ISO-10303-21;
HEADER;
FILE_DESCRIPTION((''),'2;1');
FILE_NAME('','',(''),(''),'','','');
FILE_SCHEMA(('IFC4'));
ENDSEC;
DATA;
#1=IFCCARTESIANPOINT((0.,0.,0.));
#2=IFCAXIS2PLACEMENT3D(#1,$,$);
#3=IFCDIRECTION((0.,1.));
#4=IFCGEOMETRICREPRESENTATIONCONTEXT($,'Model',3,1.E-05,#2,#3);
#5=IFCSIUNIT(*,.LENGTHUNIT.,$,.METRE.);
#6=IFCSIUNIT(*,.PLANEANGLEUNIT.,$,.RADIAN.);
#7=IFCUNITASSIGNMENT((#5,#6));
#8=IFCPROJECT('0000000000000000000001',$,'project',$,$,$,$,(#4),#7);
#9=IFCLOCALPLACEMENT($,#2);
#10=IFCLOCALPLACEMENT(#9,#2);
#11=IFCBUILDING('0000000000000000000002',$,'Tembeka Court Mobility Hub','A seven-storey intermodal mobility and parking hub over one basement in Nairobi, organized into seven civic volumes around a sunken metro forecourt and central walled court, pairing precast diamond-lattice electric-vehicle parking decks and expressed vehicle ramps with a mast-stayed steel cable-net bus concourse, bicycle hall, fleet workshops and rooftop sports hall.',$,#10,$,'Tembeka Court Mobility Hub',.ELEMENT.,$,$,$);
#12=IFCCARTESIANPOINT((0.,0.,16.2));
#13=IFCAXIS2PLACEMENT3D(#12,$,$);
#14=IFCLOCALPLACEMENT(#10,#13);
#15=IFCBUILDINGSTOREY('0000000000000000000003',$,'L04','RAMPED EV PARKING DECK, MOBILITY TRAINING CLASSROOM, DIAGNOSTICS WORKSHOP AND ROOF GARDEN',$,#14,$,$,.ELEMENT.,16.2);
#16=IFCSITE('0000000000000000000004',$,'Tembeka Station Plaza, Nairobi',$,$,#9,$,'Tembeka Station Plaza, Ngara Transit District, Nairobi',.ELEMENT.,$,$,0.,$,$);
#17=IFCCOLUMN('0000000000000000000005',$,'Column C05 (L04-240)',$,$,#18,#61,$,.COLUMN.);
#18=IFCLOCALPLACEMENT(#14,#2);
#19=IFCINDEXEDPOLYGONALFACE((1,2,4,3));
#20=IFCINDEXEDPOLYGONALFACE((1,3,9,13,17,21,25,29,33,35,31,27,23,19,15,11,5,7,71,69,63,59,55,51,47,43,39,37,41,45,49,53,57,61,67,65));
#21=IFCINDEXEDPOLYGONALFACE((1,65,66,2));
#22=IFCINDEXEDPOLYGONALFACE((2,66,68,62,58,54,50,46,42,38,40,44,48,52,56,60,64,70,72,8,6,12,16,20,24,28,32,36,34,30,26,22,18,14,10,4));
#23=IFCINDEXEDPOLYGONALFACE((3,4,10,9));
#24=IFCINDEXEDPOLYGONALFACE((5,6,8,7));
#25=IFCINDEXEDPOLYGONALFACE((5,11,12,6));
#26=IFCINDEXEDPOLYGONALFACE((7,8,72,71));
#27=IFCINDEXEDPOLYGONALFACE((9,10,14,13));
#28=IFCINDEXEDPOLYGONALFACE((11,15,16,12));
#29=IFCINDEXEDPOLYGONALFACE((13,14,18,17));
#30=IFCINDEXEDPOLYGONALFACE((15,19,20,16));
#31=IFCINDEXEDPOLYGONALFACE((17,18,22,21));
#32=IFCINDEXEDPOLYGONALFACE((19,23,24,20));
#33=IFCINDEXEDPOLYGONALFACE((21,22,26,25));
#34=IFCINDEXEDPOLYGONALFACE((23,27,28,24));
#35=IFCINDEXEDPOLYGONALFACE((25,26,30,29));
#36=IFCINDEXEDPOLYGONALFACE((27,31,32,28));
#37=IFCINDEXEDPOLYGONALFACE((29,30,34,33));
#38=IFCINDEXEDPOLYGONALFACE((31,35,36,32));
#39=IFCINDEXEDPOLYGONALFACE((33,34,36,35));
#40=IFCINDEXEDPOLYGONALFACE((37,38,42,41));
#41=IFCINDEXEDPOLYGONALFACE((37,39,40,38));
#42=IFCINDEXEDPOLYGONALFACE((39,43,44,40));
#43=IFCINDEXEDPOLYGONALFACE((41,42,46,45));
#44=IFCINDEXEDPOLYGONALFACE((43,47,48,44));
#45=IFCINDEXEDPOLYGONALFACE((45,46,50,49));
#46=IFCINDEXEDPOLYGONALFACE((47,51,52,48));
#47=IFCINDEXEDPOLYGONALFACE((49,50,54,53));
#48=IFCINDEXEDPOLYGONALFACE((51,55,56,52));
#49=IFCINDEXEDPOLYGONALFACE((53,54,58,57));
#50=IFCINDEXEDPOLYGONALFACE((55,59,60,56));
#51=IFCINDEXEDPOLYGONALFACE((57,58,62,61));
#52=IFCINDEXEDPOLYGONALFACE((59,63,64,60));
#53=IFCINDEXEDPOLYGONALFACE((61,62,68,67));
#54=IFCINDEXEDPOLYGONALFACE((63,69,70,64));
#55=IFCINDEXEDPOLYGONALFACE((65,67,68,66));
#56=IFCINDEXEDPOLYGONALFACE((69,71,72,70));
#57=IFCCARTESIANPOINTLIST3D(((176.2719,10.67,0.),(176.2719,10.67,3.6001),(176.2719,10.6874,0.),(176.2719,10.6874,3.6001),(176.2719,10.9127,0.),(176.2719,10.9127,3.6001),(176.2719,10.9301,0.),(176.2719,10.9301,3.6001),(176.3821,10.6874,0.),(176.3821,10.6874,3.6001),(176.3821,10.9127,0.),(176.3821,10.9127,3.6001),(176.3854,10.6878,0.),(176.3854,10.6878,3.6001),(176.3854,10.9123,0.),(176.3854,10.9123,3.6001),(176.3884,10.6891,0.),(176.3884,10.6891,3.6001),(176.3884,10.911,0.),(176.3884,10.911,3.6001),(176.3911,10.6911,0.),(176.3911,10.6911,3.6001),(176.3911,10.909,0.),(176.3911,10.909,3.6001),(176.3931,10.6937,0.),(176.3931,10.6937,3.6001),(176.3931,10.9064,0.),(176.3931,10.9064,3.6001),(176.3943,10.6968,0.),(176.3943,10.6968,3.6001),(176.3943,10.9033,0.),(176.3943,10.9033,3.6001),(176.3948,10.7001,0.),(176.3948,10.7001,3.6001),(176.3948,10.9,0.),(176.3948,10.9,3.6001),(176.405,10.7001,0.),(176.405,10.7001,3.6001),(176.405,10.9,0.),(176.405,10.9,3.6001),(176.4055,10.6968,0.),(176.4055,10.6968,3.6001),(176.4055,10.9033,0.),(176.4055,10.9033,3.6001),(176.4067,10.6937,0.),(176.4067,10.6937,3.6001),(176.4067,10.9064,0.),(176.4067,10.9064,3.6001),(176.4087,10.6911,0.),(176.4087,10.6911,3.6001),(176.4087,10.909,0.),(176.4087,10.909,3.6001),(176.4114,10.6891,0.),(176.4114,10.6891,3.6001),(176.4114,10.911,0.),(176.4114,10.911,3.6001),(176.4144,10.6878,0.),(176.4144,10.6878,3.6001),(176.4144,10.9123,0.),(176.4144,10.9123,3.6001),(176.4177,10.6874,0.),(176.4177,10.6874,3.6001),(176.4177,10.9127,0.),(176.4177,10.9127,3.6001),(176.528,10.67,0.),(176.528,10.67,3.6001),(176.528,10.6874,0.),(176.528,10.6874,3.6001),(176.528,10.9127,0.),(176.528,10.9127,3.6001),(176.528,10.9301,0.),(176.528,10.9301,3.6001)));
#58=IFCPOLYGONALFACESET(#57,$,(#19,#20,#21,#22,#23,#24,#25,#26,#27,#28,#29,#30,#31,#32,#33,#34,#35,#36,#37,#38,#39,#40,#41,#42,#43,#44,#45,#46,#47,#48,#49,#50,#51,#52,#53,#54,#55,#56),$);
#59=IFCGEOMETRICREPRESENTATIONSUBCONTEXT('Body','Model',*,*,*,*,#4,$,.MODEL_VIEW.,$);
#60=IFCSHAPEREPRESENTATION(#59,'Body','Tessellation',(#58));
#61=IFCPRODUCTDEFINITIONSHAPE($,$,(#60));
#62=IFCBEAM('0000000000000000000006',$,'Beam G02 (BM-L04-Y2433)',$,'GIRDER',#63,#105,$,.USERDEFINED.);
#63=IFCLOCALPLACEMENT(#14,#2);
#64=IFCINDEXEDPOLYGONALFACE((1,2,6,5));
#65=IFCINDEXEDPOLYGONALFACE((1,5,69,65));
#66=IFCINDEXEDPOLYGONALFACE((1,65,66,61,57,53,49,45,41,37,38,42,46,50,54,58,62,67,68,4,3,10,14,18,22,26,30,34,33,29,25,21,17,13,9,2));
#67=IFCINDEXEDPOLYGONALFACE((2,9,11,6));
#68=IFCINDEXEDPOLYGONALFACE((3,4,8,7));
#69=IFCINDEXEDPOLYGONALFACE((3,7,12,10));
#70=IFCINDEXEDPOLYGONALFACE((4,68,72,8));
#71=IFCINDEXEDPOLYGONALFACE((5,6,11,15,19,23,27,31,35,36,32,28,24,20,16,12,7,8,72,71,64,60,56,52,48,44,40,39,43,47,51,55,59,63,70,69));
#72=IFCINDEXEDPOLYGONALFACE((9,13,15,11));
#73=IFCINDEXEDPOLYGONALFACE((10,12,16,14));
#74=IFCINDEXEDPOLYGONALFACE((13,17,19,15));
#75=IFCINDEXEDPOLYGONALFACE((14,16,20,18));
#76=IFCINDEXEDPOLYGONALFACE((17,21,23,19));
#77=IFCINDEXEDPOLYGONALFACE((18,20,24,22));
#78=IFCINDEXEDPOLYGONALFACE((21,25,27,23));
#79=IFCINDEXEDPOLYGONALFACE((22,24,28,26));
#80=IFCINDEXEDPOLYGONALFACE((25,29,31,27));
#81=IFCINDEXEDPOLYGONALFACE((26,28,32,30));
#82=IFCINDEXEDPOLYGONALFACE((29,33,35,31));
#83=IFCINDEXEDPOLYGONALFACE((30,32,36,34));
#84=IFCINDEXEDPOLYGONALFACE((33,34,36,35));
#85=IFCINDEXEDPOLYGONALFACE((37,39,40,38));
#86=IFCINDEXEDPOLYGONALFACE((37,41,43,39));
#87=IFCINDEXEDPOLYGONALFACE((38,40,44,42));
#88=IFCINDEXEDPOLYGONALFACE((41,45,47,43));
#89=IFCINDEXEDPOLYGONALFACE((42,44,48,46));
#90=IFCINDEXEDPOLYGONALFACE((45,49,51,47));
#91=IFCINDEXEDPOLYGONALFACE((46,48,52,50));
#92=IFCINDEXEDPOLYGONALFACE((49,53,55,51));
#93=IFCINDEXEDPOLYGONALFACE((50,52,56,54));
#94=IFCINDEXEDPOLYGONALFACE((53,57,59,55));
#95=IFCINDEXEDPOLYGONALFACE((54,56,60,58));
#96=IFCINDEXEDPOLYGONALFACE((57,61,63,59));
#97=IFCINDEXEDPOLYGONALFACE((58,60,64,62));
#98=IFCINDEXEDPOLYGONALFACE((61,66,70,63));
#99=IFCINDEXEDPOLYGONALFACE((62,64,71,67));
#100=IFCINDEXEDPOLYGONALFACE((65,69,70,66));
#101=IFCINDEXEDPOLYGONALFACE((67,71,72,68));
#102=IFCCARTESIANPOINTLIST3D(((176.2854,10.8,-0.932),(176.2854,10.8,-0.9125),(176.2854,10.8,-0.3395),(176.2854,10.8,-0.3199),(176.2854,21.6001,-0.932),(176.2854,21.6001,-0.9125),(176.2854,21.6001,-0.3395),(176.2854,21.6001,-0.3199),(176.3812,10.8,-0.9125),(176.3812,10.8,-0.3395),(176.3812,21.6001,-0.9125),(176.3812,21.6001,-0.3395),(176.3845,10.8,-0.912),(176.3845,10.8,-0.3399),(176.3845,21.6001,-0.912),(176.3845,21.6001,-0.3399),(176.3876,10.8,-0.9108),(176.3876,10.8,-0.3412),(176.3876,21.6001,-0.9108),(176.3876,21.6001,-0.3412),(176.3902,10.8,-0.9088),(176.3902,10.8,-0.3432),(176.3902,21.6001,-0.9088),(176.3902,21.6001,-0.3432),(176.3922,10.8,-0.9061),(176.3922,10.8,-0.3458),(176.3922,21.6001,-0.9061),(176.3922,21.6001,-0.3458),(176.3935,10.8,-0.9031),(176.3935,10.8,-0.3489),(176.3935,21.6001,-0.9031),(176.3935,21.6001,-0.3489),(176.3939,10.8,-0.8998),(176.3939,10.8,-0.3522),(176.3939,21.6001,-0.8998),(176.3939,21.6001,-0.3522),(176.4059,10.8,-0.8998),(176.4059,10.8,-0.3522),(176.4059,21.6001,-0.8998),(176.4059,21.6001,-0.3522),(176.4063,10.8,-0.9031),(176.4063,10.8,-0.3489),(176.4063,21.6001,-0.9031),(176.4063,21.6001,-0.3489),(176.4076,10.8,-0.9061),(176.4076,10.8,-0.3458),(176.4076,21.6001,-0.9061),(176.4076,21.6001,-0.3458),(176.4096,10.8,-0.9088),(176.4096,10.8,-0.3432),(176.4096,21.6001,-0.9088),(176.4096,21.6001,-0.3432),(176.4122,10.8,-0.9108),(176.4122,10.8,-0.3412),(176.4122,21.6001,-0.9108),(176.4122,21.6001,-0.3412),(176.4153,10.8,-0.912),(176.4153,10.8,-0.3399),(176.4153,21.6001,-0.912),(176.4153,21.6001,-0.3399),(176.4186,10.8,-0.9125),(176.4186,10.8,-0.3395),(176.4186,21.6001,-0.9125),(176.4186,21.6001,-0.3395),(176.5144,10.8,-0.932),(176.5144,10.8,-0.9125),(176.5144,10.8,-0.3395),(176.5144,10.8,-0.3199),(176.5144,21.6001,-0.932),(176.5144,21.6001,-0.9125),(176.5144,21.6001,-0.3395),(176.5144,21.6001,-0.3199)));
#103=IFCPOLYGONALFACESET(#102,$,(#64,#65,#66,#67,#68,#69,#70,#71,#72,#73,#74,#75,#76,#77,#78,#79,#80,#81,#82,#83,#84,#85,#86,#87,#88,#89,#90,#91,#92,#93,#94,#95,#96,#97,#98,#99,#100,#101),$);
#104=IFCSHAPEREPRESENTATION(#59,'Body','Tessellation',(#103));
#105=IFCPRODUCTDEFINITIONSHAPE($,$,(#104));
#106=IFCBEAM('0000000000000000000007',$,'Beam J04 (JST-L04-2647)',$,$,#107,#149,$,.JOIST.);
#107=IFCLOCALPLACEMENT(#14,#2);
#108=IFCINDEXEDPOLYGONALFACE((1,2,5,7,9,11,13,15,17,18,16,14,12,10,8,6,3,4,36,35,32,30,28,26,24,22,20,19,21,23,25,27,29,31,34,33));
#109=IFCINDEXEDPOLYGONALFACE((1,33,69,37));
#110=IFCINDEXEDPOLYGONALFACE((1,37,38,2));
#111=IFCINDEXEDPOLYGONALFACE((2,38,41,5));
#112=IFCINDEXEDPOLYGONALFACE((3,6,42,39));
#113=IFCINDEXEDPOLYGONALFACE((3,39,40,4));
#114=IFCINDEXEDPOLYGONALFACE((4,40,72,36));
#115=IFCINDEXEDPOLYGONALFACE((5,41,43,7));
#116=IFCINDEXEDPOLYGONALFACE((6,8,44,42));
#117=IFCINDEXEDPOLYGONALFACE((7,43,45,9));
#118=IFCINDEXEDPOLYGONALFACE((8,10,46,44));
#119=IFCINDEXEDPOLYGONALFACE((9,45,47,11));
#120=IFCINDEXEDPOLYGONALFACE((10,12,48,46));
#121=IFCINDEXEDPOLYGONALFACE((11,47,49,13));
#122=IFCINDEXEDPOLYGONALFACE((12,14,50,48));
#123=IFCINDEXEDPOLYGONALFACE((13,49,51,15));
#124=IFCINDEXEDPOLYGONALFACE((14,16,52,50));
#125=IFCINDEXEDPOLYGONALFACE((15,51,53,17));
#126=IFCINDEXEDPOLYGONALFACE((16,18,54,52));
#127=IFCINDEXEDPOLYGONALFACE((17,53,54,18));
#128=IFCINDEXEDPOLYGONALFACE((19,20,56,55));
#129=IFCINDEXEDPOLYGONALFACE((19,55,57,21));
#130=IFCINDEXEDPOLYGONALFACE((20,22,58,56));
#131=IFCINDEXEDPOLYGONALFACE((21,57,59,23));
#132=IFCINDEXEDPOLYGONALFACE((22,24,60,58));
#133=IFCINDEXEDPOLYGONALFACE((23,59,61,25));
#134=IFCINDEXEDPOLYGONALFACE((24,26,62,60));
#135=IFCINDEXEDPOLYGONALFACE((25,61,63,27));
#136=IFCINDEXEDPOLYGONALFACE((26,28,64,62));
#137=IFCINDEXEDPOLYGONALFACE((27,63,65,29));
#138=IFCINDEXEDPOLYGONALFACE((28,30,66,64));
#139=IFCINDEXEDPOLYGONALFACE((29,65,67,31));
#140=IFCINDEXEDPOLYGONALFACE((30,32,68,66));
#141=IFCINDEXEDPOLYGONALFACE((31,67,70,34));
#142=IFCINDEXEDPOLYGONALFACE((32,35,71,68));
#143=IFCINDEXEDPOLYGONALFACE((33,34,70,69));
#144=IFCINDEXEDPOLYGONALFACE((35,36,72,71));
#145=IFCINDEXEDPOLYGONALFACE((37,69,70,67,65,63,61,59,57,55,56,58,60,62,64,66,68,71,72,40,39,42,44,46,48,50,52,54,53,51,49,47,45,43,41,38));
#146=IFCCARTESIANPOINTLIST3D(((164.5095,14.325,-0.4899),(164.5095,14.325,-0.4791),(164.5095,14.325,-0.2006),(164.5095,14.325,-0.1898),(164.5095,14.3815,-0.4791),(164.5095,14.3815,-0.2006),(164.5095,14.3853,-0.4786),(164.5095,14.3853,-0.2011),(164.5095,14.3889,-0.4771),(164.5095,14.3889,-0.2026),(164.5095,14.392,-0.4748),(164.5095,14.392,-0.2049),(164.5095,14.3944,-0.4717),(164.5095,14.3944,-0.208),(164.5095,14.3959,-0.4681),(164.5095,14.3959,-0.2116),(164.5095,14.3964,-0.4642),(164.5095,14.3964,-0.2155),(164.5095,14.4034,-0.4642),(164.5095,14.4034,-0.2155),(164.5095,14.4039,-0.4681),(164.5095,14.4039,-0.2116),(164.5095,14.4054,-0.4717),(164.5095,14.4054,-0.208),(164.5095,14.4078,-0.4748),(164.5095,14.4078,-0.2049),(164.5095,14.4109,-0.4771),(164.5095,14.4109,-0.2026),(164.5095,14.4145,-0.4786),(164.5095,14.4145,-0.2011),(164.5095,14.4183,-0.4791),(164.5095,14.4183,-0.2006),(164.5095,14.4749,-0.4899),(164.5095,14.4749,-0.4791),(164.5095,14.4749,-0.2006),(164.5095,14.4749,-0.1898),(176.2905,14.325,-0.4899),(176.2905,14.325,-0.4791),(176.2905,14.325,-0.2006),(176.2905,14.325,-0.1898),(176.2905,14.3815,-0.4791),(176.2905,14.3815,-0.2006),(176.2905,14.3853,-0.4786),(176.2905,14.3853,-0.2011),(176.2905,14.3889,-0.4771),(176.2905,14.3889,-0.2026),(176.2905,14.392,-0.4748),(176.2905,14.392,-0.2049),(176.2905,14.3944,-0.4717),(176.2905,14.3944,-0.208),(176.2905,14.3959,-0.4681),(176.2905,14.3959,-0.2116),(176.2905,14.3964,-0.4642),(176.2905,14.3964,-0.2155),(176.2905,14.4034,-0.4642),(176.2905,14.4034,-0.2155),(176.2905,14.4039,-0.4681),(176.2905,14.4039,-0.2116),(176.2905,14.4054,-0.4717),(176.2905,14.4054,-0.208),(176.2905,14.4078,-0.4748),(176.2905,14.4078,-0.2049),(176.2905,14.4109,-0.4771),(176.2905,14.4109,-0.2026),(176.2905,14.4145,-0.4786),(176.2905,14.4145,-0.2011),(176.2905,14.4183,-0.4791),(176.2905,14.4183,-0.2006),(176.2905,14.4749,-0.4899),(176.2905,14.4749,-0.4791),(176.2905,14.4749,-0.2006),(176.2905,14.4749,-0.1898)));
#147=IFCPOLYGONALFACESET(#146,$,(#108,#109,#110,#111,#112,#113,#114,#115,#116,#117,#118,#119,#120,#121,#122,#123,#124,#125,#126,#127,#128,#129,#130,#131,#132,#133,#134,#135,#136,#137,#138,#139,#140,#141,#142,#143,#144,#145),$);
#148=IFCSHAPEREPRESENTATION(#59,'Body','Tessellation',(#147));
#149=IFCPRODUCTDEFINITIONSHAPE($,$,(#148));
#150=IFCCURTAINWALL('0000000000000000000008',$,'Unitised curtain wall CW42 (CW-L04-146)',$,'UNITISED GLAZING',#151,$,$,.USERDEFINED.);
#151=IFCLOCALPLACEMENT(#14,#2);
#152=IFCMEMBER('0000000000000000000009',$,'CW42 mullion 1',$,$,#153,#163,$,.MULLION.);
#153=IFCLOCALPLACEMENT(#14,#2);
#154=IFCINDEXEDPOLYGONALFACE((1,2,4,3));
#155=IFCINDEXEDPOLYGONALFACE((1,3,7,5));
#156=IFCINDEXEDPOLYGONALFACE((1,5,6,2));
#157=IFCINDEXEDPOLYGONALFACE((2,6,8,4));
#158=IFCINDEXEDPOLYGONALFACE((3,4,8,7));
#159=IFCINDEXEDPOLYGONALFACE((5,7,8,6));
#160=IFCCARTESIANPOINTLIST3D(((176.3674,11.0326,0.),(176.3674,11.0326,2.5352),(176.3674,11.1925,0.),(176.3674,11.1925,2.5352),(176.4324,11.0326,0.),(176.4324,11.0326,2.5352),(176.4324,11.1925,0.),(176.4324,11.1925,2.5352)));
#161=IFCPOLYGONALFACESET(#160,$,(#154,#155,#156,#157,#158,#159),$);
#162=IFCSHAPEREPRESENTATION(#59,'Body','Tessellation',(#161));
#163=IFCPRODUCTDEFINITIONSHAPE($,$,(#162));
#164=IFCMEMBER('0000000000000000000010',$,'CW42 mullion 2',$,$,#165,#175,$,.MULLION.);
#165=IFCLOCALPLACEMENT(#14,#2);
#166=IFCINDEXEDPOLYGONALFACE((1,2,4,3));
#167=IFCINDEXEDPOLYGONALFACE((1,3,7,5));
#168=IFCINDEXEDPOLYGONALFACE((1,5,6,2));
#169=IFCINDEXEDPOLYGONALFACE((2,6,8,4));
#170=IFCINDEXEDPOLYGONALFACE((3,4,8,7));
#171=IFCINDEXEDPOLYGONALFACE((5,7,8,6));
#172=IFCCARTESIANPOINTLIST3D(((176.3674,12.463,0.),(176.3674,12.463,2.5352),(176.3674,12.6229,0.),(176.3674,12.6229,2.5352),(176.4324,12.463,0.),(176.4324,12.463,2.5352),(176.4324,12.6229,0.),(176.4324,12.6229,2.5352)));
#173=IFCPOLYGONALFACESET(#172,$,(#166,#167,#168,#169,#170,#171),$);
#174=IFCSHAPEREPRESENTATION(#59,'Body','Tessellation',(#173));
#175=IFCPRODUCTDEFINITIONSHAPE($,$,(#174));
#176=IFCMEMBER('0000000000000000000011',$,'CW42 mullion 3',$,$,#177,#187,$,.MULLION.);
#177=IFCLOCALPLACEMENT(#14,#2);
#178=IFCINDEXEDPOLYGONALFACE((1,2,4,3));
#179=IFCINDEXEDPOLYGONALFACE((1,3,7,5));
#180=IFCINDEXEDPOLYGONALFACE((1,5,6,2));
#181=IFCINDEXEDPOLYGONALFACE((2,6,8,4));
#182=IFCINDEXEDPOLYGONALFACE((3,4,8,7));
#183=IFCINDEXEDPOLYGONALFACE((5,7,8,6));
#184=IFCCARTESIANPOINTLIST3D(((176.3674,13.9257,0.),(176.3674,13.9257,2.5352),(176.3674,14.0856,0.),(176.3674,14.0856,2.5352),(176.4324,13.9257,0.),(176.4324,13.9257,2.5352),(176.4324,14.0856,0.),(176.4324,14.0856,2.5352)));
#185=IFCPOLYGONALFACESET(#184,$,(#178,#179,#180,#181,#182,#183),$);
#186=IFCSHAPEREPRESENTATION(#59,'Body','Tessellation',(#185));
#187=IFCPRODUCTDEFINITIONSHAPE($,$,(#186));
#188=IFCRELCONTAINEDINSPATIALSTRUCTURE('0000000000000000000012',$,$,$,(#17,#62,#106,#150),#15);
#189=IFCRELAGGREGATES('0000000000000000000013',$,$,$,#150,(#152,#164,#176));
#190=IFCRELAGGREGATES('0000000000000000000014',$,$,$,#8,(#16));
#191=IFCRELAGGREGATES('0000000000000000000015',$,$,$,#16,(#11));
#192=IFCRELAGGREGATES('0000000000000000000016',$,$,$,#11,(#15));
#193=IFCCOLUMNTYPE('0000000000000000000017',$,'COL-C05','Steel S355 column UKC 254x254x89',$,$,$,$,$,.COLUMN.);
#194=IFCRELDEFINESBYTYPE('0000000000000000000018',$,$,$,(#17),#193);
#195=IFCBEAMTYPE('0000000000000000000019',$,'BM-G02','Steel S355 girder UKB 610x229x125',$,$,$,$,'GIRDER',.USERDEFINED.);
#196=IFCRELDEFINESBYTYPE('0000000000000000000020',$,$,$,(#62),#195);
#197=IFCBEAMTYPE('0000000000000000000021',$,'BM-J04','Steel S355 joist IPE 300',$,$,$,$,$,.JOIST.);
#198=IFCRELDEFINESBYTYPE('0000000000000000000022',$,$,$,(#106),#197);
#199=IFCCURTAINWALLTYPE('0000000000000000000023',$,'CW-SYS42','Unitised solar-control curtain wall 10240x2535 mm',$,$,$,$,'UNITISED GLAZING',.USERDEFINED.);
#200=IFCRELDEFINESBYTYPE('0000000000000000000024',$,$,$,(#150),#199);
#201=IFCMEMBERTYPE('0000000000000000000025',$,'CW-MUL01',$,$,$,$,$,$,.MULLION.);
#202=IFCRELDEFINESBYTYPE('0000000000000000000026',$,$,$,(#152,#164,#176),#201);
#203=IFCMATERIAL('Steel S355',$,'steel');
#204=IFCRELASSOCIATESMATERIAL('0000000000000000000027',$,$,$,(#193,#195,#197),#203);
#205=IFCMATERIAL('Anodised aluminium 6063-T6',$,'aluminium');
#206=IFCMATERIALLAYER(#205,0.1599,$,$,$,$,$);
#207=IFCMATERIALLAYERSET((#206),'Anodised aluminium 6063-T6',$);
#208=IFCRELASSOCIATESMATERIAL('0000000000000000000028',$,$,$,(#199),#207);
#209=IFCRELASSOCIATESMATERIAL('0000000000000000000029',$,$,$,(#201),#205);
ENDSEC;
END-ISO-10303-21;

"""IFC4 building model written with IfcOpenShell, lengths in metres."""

from ifc_helpers import new_model, si_unit, direction, frame, origin, origin_2d, place, context, subcontext, project, spatial, rectangle, i_section, extrude, material, layer, layer_set, material_profile, profile_set, type_object, element, aggregate, save


model = new_model("IFC4")

# Units and contexts
model_context = context("Model", 3, precision=1e-05, world=origin(), true_north=direction((0.0, 1.0)))
body_context = subcontext(model_context, "Body", "Model", "MODEL_VIEW")
ifc_project = project(units=[si_unit("LENGTHUNIT", "METRE"), si_unit("PLANEANGLEUNIT", "RADIAN")], contexts=[model_context])

# Site, building, storey
site_placement = place(None, origin())
site = spatial("IfcSite", under=ifc_project, at=site_placement, Name="Tembeka Station Plaza, Nairobi", LongName="Tembeka Station Plaza, Ngara Transit District, Nairobi", CompositionType="ELEMENT", RefElevation=0.0)
building_placement = place(site_placement, origin())
building = spatial("IfcBuilding", under=site, at=building_placement, Name="Tembeka Court Mobility Hub", Description="A seven-storey intermodal mobility and parking hub over one basement in Nairobi, organized into seven civic volumes around a sunken metro forecourt and central walled court, pairing precast diamond-lattice electric-vehicle parking decks and expressed vehicle ramps with a mast-stayed steel cable-net bus concourse, bicycle hall, fleet workshops and rooftop sports hall.", LongName="Tembeka Court Mobility Hub", CompositionType="ELEMENT")
storey_placement = place(building_placement, frame((0.0, 0.0, 16.2)))
storey = spatial("IfcBuildingStorey", under=building, at=storey_placement, Name="L04", Description="RAMPED EV PARKING DECK, MOBILITY TRAINING CLASSROOM, DIAGNOSTICS WORKSHOP AND ROOF GARDEN", CompositionType="ELEMENT", Elevation=16.2)

# Column
ifc_material_1 = material(Name="Steel S355", Category="steel")
ifc_material_profile_1 = material_profile(ifc_material_1, i_section(OverallWidth=0.2561, OverallDepth=0.26, WebThickness=0.0103, FlangeThickness=0.0173, FilletRadius=0.0127, at=origin_2d()), Name="UKC 254x254x89")
ifc_profile_set_1 = profile_set([ifc_material_profile_1], Name="Steel S355")
column_type = type_object("IfcColumnType", Name="COL-C05", Description="Steel S355 column UKC 254x254x89", PredefinedType="COLUMN", material=ifc_profile_set_1)
column_placement = place(storey_placement, frame((176.3999, 10.8, 0.0), z_axis=(0.0, 0.0, 1.0), x_axis=(1.0, 0.0, 0.0)))
element("IfcColumn", 1, at=column_placement, inside=storey, type_object=column_type, Name="Column C05 (L04-240)", PredefinedType="COLUMN", context=body_context, shape_type="SweptSolid", body=[
    extrude(i_section(OverallWidth=0.2561, OverallDepth=0.26, WebThickness=0.0103, FlangeThickness=0.0173, FilletRadius=0.0127, at=origin_2d()), origin(), (0.0, 0.0, 1.0), 3.6001),
])

# Beams
ifc_material_profile_2 = material_profile(ifc_material_1, i_section(OverallWidth=0.229, OverallDepth=0.6121, WebThickness=0.012, FlangeThickness=0.0195, FilletRadius=0.0127, at=origin_2d()), Name="UKB 610x229x125")
ifc_profile_set_2 = profile_set([ifc_material_profile_2], Name="Steel S355")
beam_type_1 = type_object("IfcBeamType", Name="BM-G02", Description="Steel S355 girder UKB 610x229x125", ElementType="GIRDER", PredefinedType="USERDEFINED", material=ifc_profile_set_2)
beam_1_placement = place(storey_placement, frame((176.3999, 10.8, -0.626), z_axis=(0.0, 1.0, 0.0), x_axis=(-1.0, 0.0, 0.0)))
element("IfcBeam", 2, at=beam_1_placement, inside=storey, type_object=beam_type_1, Name="Beam G02 (BM-L04-Y2433)", ObjectType="GIRDER", PredefinedType="USERDEFINED", context=body_context, shape_type="SweptSolid", body=[
    extrude(i_section(OverallWidth=0.229, OverallDepth=0.6121, WebThickness=0.012, FlangeThickness=0.0195, FilletRadius=0.0127, at=origin_2d()), origin(), (0.0, 0.0, 1.0), 10.8),
])
ifc_material_profile_3 = material_profile(ifc_material_1, i_section(OverallWidth=0.1499, OverallDepth=0.3, WebThickness=0.0071, FlangeThickness=0.0107, FilletRadius=0.0149, at=origin_2d()), Name="IPE 300")
ifc_profile_set_3 = profile_set([ifc_material_profile_3], Name="Steel S355")
beam_type_2 = type_object("IfcBeamType", Name="BM-J04", Description="Steel S355 joist IPE 300", PredefinedType="JOIST", material=ifc_profile_set_3)
beam_2_placement = place(storey_placement, frame((164.5095, 14.3999, -0.3398), z_axis=(1.0, 0.0, 0.0), x_axis=(0.0, 1.0, 0.0)))
element("IfcBeam", 3, at=beam_2_placement, inside=storey, type_object=beam_type_2, Name="Beam J04 (JST-L04-2647)", PredefinedType="JOIST", context=body_context, shape_type="SweptSolid", body=[
    extrude(i_section(OverallWidth=0.1499, OverallDepth=0.3, WebThickness=0.0071, FlangeThickness=0.0107, FilletRadius=0.0149, at=origin_2d()), origin(), (0.0, 0.0, 1.0), 11.781),
])

# Curtain wall, members
ifc_material_2 = material(Name="Anodised aluminium 6063-T6", Category="aluminium")
ifc_layer_1 = layer(ifc_material_2, 0.1599)
ifc_layer_set_1 = layer_set([ifc_layer_1], Name="Anodised aluminium 6063-T6")
curtain_wall_type = type_object("IfcCurtainWallType", Name="CW-SYS42", Description="Unitised solar-control curtain wall 10240x2535 mm", ElementType="UNITISED GLAZING", PredefinedType="USERDEFINED", material=ifc_layer_set_1)
curtain_wall_placement = place(storey_placement, origin())
curtain_wall = element("IfcCurtainWall", 4, at=curtain_wall_placement, inside=storey, type_object=curtain_wall_type, Name="Unitised curtain wall CW42 (CW-L04-146)", ObjectType="UNITISED GLAZING", PredefinedType="USERDEFINED")
ifc_material_profile_4 = material_profile(ifc_material_2, rectangle(XDim=0.0649, YDim=0.1599, at=origin_2d()), Name="ALU-MUL 65x160")
ifc_profile_set_4 = profile_set([ifc_material_profile_4], Name="Anodised aluminium 6063-T6")
member_type_1 = type_object("IfcMemberType", Name="CW-MUL01", PredefinedType="MULLION", material=ifc_profile_set_4)
member_1_placement = place(storey_placement, frame((176.3999, 11.1125, 0.0), z_axis=(0.0, 0.0, 1.0), x_axis=(-1.0, 0.0, 0.0)))
member_1 = element("IfcMember", 5, at=member_1_placement, type_object=member_type_1, Name="CW42 mullion 1", PredefinedType="MULLION", context=body_context, shape_type="SweptSolid", body=[
    extrude(rectangle(XDim=0.0649, YDim=0.1599, at=origin_2d()), origin(), (0.0, 0.0, 1.0), 2.5352),
])
member_2_placement = place(storey_placement, frame((176.3999, 12.543, 0.0), z_axis=(0.0, 0.0, 1.0), x_axis=(-1.0, 0.0, 0.0)))
member_2 = element("IfcMember", 6, at=member_2_placement, type_object=member_type_1, Name="CW42 mullion 2", PredefinedType="MULLION", context=body_context, shape_type="SweptSolid", body=[
    extrude(rectangle(XDim=0.0649, YDim=0.1599, at=origin_2d()), origin(), (0.0, 0.0, 1.0), 2.5352),
])
member_3_placement = place(storey_placement, frame((176.3999, 14.0056, 0.0), z_axis=(0.0, 0.0, 1.0), x_axis=(-1.0, 0.0, 0.0)))
member_3 = element("IfcMember", 7, at=member_3_placement, type_object=member_type_1, Name="CW42 mullion 3", PredefinedType="MULLION", context=body_context, shape_type="SweptSolid", body=[
    extrude(rectangle(XDim=0.0649, YDim=0.1599, at=origin_2d()), origin(), (0.0, 0.0, 1.0), 2.5352),
])
aggregate(curtain_wall, [member_1, member_2, member_3])

save(model, "model.ifc")
